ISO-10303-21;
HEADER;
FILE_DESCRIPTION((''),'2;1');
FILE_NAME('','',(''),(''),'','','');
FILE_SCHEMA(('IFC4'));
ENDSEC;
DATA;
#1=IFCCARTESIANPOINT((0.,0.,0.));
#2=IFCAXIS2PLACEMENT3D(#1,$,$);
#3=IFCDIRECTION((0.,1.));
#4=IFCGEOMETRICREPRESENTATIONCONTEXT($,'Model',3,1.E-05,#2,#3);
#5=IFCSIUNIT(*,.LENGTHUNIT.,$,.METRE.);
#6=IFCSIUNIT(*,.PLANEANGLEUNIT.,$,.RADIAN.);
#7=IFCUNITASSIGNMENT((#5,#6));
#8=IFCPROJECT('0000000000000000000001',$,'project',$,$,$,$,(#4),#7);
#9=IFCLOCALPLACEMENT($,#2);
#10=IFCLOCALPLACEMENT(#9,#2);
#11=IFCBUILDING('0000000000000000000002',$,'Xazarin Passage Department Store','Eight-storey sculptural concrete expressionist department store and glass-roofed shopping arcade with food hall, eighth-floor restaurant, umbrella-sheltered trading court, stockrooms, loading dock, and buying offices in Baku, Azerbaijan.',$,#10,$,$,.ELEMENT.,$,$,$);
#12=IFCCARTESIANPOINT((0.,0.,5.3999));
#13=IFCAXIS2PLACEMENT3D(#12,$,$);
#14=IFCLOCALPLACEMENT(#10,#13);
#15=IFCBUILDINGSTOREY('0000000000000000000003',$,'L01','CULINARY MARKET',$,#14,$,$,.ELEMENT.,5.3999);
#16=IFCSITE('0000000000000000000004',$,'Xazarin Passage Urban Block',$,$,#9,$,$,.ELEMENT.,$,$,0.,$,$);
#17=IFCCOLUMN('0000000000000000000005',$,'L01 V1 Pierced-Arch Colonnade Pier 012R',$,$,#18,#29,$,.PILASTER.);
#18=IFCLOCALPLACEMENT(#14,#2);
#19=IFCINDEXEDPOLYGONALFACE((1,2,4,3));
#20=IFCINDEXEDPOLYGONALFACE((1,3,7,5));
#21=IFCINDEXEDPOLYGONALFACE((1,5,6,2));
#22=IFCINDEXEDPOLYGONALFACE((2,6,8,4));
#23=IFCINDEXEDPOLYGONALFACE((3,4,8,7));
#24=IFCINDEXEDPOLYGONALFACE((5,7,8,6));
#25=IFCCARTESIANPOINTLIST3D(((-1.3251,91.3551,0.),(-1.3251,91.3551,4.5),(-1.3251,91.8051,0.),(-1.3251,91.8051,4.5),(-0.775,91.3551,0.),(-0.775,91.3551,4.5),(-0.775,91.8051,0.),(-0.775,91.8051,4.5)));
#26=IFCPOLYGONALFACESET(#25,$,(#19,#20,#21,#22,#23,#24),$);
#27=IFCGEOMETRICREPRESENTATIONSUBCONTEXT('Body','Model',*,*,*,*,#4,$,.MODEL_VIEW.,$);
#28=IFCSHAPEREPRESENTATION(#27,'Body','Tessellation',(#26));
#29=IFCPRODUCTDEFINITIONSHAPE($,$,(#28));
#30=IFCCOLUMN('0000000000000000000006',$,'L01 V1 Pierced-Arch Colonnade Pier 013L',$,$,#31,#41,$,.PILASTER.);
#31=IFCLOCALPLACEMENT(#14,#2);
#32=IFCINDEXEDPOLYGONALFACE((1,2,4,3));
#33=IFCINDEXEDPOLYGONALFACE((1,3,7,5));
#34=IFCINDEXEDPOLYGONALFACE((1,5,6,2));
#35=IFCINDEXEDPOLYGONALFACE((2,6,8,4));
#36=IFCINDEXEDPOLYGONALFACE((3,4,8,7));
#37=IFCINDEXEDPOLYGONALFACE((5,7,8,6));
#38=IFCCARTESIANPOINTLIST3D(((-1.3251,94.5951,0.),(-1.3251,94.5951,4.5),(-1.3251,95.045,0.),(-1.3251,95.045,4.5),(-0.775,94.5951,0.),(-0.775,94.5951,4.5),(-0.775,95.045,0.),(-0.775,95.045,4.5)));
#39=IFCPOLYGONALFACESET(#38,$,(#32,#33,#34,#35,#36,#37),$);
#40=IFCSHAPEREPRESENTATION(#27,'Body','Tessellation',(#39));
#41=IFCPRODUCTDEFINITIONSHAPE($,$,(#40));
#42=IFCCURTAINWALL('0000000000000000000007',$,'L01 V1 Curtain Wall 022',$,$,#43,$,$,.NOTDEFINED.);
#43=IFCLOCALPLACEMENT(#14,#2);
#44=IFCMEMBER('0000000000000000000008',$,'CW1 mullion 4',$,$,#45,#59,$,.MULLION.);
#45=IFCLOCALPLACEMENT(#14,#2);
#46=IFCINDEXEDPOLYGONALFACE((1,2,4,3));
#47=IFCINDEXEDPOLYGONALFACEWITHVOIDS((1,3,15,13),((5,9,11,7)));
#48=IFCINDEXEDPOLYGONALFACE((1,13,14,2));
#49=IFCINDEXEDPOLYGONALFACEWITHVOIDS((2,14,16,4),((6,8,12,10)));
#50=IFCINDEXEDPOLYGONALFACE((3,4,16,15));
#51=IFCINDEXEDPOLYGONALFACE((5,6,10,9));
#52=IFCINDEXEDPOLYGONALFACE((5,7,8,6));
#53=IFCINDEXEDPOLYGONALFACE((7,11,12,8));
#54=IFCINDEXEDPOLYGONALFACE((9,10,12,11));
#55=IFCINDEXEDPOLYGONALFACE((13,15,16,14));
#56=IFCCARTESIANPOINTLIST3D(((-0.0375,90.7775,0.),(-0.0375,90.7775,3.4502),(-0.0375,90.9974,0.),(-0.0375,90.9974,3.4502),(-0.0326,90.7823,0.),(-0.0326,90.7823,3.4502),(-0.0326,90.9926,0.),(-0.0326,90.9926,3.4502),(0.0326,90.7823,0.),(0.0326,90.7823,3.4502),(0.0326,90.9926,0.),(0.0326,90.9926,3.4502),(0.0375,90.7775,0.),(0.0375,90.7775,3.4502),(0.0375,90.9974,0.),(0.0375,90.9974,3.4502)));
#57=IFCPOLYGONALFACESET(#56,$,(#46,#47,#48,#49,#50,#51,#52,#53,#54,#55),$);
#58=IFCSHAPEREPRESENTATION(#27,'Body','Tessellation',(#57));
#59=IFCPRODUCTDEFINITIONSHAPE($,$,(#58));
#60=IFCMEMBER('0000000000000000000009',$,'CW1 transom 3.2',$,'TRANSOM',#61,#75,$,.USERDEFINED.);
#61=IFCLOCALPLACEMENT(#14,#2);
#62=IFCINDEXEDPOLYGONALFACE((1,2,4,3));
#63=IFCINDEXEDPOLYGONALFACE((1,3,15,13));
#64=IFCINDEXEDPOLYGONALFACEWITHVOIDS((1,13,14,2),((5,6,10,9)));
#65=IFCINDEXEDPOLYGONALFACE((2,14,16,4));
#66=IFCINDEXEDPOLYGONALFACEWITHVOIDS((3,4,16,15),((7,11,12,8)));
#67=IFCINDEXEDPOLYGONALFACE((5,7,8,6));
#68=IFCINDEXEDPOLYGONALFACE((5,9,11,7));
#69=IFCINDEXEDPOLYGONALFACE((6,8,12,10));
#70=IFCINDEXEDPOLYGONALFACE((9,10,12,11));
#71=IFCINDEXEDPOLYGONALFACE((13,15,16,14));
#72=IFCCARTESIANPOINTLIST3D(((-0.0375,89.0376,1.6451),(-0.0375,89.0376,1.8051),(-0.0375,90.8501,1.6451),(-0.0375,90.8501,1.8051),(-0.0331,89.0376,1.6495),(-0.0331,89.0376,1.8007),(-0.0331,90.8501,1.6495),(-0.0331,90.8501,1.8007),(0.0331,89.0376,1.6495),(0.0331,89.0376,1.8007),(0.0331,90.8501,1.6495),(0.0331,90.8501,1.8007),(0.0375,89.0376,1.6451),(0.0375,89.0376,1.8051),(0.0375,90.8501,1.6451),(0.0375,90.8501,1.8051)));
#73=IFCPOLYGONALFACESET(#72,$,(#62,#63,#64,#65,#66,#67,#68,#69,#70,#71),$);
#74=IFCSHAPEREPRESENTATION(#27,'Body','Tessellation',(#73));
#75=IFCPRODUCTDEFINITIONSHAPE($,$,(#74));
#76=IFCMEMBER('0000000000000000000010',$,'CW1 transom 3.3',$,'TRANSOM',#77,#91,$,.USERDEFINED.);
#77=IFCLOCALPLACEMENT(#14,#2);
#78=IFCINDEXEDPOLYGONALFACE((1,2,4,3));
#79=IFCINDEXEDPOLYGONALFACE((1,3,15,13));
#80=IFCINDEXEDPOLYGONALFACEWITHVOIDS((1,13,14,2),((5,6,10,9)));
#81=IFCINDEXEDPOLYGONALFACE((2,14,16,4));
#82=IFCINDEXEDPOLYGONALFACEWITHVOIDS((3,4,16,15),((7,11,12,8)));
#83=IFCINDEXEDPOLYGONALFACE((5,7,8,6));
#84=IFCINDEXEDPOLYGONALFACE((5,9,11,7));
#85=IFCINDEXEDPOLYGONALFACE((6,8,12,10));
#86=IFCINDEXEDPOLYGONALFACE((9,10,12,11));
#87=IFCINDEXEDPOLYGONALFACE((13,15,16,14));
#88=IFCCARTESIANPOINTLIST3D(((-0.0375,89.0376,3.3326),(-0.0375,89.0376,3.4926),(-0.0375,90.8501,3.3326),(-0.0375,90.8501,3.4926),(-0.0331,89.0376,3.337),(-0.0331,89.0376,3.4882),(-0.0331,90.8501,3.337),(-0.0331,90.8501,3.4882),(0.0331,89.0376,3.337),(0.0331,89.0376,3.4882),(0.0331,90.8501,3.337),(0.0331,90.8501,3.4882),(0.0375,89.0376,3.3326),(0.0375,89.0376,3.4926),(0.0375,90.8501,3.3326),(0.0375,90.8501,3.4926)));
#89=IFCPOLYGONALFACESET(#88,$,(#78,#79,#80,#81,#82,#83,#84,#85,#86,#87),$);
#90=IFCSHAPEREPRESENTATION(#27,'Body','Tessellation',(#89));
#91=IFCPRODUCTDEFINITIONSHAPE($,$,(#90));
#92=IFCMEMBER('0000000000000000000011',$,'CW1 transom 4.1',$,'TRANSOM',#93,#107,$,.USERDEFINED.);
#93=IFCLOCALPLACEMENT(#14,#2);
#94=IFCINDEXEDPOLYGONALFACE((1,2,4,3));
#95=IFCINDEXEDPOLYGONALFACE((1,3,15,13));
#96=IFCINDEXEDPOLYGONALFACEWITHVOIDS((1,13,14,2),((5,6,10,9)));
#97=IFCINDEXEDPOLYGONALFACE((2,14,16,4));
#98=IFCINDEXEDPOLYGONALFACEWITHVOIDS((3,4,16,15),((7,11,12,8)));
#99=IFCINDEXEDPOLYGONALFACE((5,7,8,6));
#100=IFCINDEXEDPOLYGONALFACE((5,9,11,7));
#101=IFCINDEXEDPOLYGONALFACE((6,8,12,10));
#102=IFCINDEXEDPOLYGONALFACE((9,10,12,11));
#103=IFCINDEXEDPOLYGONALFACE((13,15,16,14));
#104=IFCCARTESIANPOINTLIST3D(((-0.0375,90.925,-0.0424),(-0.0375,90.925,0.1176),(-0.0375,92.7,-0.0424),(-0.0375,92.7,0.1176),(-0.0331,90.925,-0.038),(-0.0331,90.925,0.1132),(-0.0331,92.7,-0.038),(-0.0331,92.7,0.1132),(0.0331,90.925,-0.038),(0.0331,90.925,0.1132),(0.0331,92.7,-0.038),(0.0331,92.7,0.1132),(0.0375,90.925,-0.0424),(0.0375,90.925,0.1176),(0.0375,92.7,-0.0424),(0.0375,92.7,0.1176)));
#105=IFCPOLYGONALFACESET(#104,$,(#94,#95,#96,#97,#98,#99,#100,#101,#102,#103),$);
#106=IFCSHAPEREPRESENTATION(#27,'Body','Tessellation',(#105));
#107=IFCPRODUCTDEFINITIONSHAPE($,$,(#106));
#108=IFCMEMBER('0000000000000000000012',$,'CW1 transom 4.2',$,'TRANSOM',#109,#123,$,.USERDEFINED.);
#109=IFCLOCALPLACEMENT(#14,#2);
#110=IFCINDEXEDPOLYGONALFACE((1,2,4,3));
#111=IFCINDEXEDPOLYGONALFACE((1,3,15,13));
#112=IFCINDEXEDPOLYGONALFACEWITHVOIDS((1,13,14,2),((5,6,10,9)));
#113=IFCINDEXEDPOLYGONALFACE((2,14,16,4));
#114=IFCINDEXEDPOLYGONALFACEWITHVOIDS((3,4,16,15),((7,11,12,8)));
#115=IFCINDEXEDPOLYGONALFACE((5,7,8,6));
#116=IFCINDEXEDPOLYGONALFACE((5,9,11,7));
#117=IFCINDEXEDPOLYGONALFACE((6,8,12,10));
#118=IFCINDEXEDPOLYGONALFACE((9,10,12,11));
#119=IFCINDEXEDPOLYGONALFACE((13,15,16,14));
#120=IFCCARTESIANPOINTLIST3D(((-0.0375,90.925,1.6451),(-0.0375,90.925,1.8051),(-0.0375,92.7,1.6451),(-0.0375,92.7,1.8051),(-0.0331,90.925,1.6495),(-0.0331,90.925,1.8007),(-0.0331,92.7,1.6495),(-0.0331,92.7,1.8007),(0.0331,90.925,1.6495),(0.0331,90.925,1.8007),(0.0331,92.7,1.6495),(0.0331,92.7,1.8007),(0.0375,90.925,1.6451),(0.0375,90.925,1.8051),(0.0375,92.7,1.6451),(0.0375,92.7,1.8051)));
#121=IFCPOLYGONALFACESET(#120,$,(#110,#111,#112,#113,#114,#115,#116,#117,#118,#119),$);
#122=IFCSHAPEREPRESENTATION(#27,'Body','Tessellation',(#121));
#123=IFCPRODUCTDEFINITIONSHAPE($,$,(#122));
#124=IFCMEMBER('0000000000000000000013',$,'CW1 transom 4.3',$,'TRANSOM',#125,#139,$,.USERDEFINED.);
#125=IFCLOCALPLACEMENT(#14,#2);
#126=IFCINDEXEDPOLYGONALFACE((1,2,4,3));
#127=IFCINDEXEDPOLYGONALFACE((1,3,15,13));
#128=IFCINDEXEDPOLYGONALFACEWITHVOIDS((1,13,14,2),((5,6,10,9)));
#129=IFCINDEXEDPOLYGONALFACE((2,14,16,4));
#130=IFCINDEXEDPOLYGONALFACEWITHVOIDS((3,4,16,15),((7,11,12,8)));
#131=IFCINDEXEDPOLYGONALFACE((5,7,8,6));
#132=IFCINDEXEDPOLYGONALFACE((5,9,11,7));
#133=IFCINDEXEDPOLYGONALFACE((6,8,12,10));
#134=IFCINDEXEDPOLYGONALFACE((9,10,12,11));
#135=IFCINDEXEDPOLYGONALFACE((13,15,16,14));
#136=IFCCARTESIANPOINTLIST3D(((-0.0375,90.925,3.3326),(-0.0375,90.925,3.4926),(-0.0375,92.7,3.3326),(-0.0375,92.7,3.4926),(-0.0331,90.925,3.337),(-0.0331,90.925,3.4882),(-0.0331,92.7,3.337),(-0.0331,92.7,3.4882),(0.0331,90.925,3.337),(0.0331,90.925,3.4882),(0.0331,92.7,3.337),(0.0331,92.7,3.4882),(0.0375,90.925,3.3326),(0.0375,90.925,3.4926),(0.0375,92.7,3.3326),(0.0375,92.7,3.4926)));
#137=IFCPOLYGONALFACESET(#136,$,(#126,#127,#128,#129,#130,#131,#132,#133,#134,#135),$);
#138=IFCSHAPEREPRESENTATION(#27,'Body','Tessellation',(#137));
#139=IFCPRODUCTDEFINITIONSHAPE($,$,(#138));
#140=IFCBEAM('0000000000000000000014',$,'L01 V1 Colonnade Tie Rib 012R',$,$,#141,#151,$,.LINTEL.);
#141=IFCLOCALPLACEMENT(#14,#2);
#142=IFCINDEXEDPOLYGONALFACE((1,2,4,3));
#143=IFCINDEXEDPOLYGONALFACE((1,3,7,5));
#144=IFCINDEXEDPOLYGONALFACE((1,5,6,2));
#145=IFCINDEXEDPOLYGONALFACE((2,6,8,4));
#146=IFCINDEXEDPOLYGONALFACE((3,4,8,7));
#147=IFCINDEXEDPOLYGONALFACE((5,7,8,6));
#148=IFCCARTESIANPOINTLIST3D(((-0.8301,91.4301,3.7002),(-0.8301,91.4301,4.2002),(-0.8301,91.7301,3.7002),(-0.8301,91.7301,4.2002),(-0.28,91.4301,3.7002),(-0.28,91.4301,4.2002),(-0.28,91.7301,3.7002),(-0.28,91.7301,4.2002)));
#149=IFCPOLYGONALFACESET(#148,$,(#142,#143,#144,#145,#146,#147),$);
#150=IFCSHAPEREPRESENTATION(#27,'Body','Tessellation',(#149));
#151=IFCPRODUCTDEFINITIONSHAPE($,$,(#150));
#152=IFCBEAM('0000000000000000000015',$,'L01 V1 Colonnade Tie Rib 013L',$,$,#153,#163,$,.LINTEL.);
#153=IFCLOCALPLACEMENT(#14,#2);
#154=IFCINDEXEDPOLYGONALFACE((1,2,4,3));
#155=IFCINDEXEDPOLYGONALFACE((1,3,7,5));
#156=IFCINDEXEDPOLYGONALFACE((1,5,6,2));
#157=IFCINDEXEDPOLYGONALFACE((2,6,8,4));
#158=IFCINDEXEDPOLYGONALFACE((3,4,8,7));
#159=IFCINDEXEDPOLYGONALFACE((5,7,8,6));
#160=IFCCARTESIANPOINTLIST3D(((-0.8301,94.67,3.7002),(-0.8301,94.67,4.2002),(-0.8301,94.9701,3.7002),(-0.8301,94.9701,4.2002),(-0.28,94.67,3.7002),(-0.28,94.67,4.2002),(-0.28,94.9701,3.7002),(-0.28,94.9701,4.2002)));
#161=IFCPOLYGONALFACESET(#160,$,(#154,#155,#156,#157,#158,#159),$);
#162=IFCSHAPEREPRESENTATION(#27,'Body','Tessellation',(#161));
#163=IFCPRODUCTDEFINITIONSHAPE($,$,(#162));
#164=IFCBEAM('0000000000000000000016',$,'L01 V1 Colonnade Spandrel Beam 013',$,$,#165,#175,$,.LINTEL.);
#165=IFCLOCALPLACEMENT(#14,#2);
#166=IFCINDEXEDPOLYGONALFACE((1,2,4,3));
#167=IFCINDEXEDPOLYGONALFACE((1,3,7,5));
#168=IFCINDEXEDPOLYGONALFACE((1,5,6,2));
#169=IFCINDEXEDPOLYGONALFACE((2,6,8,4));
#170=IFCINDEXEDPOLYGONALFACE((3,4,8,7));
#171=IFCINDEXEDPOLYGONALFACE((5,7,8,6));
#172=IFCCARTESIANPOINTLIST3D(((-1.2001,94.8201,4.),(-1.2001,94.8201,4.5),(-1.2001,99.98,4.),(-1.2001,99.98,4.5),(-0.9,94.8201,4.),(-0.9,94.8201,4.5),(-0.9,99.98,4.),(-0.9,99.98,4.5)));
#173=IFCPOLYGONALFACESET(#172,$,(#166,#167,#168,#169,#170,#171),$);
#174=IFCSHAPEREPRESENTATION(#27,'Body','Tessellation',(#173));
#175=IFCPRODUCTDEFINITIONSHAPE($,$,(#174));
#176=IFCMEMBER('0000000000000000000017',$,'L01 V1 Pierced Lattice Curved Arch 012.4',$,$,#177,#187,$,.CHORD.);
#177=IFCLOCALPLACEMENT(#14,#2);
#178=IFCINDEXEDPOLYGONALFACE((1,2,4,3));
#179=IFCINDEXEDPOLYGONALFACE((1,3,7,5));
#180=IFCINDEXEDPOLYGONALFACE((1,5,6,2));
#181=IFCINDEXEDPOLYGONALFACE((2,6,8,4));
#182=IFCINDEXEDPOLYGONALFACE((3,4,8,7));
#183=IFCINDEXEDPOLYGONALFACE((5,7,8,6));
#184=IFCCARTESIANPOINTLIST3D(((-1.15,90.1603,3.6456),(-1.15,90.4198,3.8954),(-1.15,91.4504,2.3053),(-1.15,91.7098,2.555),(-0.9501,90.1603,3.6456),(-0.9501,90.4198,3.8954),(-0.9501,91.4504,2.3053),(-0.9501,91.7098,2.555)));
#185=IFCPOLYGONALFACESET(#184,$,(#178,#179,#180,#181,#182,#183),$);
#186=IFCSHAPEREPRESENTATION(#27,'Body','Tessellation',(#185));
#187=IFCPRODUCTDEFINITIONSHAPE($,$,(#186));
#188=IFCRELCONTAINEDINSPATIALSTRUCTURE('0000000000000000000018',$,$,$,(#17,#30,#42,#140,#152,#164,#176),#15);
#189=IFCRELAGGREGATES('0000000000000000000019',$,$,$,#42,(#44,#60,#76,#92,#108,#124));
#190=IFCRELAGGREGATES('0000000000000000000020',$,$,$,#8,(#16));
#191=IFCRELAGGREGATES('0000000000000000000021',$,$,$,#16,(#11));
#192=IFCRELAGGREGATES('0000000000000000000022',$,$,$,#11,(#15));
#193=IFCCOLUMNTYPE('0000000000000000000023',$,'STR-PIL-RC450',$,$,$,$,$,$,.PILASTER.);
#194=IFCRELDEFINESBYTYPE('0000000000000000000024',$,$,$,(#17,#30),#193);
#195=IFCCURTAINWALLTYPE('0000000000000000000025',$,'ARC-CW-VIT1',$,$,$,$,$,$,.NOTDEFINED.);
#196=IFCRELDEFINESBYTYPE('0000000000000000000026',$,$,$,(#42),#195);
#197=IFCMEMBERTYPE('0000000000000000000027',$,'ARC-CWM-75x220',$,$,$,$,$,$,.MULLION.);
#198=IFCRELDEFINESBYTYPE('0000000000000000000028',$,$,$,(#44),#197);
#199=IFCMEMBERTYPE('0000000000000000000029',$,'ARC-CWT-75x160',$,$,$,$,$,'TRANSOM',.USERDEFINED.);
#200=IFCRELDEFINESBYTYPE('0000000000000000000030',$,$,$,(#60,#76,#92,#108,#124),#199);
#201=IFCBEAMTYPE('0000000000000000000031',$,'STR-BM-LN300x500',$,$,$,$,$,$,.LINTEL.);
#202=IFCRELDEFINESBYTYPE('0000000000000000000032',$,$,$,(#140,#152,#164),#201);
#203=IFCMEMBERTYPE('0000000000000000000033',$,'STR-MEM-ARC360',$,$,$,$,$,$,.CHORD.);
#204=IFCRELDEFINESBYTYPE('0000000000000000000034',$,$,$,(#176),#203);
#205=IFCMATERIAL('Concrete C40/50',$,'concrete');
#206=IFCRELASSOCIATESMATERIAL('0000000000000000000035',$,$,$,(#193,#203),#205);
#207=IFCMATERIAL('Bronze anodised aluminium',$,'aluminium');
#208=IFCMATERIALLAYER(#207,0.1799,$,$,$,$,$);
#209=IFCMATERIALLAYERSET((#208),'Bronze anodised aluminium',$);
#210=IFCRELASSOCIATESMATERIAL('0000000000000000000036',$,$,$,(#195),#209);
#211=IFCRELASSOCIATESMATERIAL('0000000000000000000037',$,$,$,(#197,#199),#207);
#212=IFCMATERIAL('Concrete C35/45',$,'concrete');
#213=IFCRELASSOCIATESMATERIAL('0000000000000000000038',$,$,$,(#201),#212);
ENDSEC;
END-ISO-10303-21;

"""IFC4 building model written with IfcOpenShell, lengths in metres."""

from ifc_helpers import new_model, si_unit, direction, frame, origin, origin_2d, place, context, subcontext, project, spatial, rectangle, hollow_rectangle, extrude, material, layer, layer_set, material_profile, profile_set, type_object, element, aggregate, save


model = new_model("IFC4")

# Units and contexts
model_context = context("Model", 3, precision=1e-05, world=origin(), true_north=direction((0.0, 1.0)))
body_context = subcontext(model_context, "Body", "Model", "MODEL_VIEW")
ifc_project = project(units=[si_unit("LENGTHUNIT", "METRE"), si_unit("PLANEANGLEUNIT", "RADIAN")], contexts=[model_context])

# Site, building, storey
site_placement = place(None, origin())
site = spatial("IfcSite", under=ifc_project, at=site_placement, Name="Xazarin Passage Urban Block", CompositionType="ELEMENT", RefElevation=0.0)
building_placement = place(site_placement, origin())
building = spatial("IfcBuilding", under=site, at=building_placement, Name="Xazarin Passage Department Store", Description="Eight-storey sculptural concrete expressionist department store and glass-roofed shopping arcade with food hall, eighth-floor restaurant, umbrella-sheltered trading court, stockrooms, loading dock, and buying offices in Baku, Azerbaijan.", CompositionType="ELEMENT")
storey_placement = place(building_placement, frame((0.0, 0.0, 5.3999)))
storey = spatial("IfcBuildingStorey", under=building, at=storey_placement, Name="L01", Description="CULINARY MARKET", CompositionType="ELEMENT", Elevation=5.3999)

# Columns
ifc_material_1 = material(Name="Concrete C40/50", Category="concrete")
ifc_material_profile_1 = material_profile(ifc_material_1, rectangle(XDim=0.45, YDim=0.55, at=origin_2d()), Name="RC 450x550")
ifc_profile_set_1 = profile_set([ifc_material_profile_1], Name="Concrete C40/50")
column_type = type_object("IfcColumnType", Name="STR-PIL-RC450", PredefinedType="PILASTER", material=ifc_profile_set_1)
for number, where, z_axis, x_axis, name in (
    (1, (-1.05, 91.5801, 0.0), (0.0, 0.0, 1.0), (0.0, 1.0, 0.0), "L01 V1 Pierced-Arch Colonnade Pier 012R"),
    (2, (-1.05, 94.8201, 0.0), (0.0, 0.0, 1.0), (0.0, 1.0, 0.0), "L01 V1 Pierced-Arch Colonnade Pier 013L"),
):
    element("IfcColumn", number, at=place(storey_placement, frame(where, z_axis=z_axis, x_axis=x_axis)), inside=storey, type_object=column_type, Name=name, PredefinedType="PILASTER", context=body_context, shape_type="SweptSolid", body=[
        extrude(rectangle(XDim=0.45, YDim=0.55, at=origin_2d()), origin(), (0.0, 0.0, 1.0), 4.5),
    ])

# Curtain wall, members
ifc_material_2 = material(Name="Bronze anodised aluminium", Category="aluminium")
ifc_layer_1 = layer(ifc_material_2, 0.1799)
ifc_layer_set_1 = layer_set([ifc_layer_1], Name="Bronze anodised aluminium")
curtain_wall_type = type_object("IfcCurtainWallType", Name="ARC-CW-VIT1", PredefinedType="NOTDEFINED", material=ifc_layer_set_1)
curtain_wall_placement = place(storey_placement, origin())
curtain_wall = element("IfcCurtainWall", 3, at=curtain_wall_placement, inside=storey, type_object=curtain_wall_type, Name="L01 V1 Curtain Wall 022", PredefinedType="NOTDEFINED")
ifc_material_profile_2 = material_profile(ifc_material_2, hollow_rectangle(XDim=0.075, YDim=0.22, WallThickness=0.0049, at=origin_2d()), Name="ALU 75x220")
ifc_profile_set_2 = profile_set([ifc_material_profile_2], Name="Bronze anodised aluminium")
member_type_1 = type_object("IfcMemberType", Name="ARC-CWM-75x220", PredefinedType="MULLION", material=ifc_profile_set_2)
member_1_placement = place(storey_placement, frame((0.0, 90.8875, 0.0), z_axis=(0.0, 0.0, 1.0), x_axis=(-1.0, 0.0, 0.0)))
member_1 = element("IfcMember", 4, at=member_1_placement, type_object=member_type_1, Name="CW1 mullion 4", PredefinedType="MULLION", context=body_context, shape_type="SweptSolid", body=[
    extrude(hollow_rectangle(XDim=0.075, YDim=0.22, WallThickness=0.0049, at=origin_2d()), origin(), (0.0, 0.0, 1.0), 3.4502),
])
ifc_material_profile_3 = material_profile(ifc_material_2, hollow_rectangle(XDim=0.075, YDim=0.1599, WallThickness=0.0044, at=origin_2d()), Name="ALU 75x160")
ifc_profile_set_3 = profile_set([ifc_material_profile_3], Name="Bronze anodised aluminium")
member_type_2 = type_object("IfcMemberType", Name="ARC-CWT-75x160", ElementType="TRANSOM", PredefinedType="USERDEFINED", material=ifc_profile_set_3)
member_2_placement = place(storey_placement, frame((0.0, 89.0376, 1.7251), z_axis=(0.0, 1.0, 0.0), x_axis=(-1.0, 0.0, 0.0)))
member_2 = element("IfcMember", 5, at=member_2_placement, type_object=member_type_2, Name="CW1 transom 3.2", ObjectType="TRANSOM", PredefinedType="USERDEFINED", context=body_context, shape_type="SweptSolid", body=[
    extrude(hollow_rectangle(XDim=0.075, YDim=0.1599, WallThickness=0.0044, at=origin_2d()), origin(), (0.0, 0.0, 1.0), 1.8125),
])
member_3_placement = place(storey_placement, frame((0.0, 89.0376, 3.4126), z_axis=(0.0, 1.0, 0.0), x_axis=(-1.0, 0.0, 0.0)))
member_3 = element("IfcMember", 6, at=member_3_placement, type_object=member_type_2, Name="CW1 transom 3.3", ObjectType="TRANSOM", PredefinedType="USERDEFINED", context=body_context, shape_type="SweptSolid", body=[
    extrude(hollow_rectangle(XDim=0.075, YDim=0.1599, WallThickness=0.0044, at=origin_2d()), origin(), (0.0, 0.0, 1.0), 1.8125),
])
member_4_placement = place(storey_placement, frame((0.0, 90.925, 0.0376), z_axis=(0.0, 1.0, 0.0), x_axis=(-1.0, 0.0, 0.0)))
member_4 = element("IfcMember", 7, at=member_4_placement, type_object=member_type_2, Name="CW1 transom 4.1", ObjectType="TRANSOM", PredefinedType="USERDEFINED", context=body_context, shape_type="SweptSolid", body=[
    extrude(hollow_rectangle(XDim=0.075, YDim=0.1599, WallThickness=0.0044, at=origin_2d()), origin(), (0.0, 0.0, 1.0), 1.7749),
])
member_5_placement = place(storey_placement, frame((0.0, 90.925, 1.7251), z_axis=(0.0, 1.0, 0.0), x_axis=(-1.0, 0.0, 0.0)))
member_5 = element("IfcMember", 8, at=member_5_placement, type_object=member_type_2, Name="CW1 transom 4.2", ObjectType="TRANSOM", PredefinedType="USERDEFINED", context=body_context, shape_type="SweptSolid", body=[
    extrude(hollow_rectangle(XDim=0.075, YDim=0.1599, WallThickness=0.0044, at=origin_2d()), origin(), (0.0, 0.0, 1.0), 1.7749),
])
member_6_placement = place(storey_placement, frame((0.0, 90.925, 3.4126), z_axis=(0.0, 1.0, 0.0), x_axis=(-1.0, 0.0, 0.0)))
member_6 = element("IfcMember", 9, at=member_6_placement, type_object=member_type_2, Name="CW1 transom 4.3", ObjectType="TRANSOM", PredefinedType="USERDEFINED", context=body_context, shape_type="SweptSolid", body=[
    extrude(hollow_rectangle(XDim=0.075, YDim=0.1599, WallThickness=0.0044, at=origin_2d()), origin(), (0.0, 0.0, 1.0), 1.7749),
])

# Beams
ifc_material_3 = material(Name="Concrete C35/45", Category="concrete")
ifc_material_profile_4 = material_profile(ifc_material_3, rectangle(XDim=0.3, YDim=0.5, at=origin_2d()), Name="RC 300x500")
ifc_profile_set_4 = profile_set([ifc_material_profile_4], Name="Concrete C35/45")
beam_type = type_object("IfcBeamType", Name="STR-BM-LN300x500", PredefinedType="LINTEL", material=ifc_profile_set_4)
for number, where, z_axis, x_axis, name in (
    (10, (-0.28, 91.5801, 3.9502), (-1.0, 0.0, 0.0), (0.0, -1.0, 0.0), "L01 V1 Colonnade Tie Rib 012R"),
    (11, (-0.28, 94.8201, 3.9502), (-1.0, 0.0, 0.0), (0.0, -1.0, 0.0), "L01 V1 Colonnade Tie Rib 013L"),
):
    element("IfcBeam", number, at=place(storey_placement, frame(where, z_axis=z_axis, x_axis=x_axis)), inside=storey, type_object=beam_type, Name=name, PredefinedType="LINTEL", context=body_context, shape_type="SweptSolid", body=[
        extrude(rectangle(XDim=0.3, YDim=0.5, at=origin_2d()), origin(), (0.0, 0.0, 1.0), 0.55),
    ])
beam_placement = place(storey_placement, frame((-1.05, 94.8201, 4.25), z_axis=(0.0, 1.0, 0.0), x_axis=(-1.0, 0.0, 0.0)))
element("IfcBeam", 12, at=beam_placement, inside=storey, type_object=beam_type, Name="L01 V1 Colonnade Spandrel Beam 013", PredefinedType="LINTEL", context=body_context, shape_type="SweptSolid", body=[
    extrude(rectangle(XDim=0.3, YDim=0.5, at=origin_2d()), origin(), (0.0, 0.0, 1.0), 5.1599),
])

# Member
ifc_material_profile_5 = material_profile(ifc_material_1, rectangle(XDim=0.2, YDim=0.3601, at=origin_2d()), Name="RC 200x360")
ifc_profile_set_5 = profile_set([ifc_material_profile_5], Name="Concrete C40/50")
member_type_3 = type_object("IfcMemberType", Name="STR-MEM-ARC360", PredefinedType="CHORD", material=ifc_profile_set_5)
for number, where, z_axis, x_axis, name in (
    (13, (-1.05, 90.29, 3.7705), (0.0, 0.69346, -0.720495), (-1.0, 0.0, 0.0), "L01 V1 Pierced Lattice Curved Arch 012.4"),
):
    element("IfcMember", number, at=place(storey_placement, frame(where, z_axis=z_axis, x_axis=x_axis)), inside=storey, type_object=member_type_3, Name=name, PredefinedType="CHORD", context=body_context, shape_type="SweptSolid", body=[
        extrude(rectangle(XDim=0.2, YDim=0.3601, at=origin_2d()), origin(), (0.0, 0.0, 1.0), 1.8604),
    ])

aggregate(curtain_wall, [member_1, member_2, member_3, member_4, member_5, member_6])

save(model, "model.ifc")
